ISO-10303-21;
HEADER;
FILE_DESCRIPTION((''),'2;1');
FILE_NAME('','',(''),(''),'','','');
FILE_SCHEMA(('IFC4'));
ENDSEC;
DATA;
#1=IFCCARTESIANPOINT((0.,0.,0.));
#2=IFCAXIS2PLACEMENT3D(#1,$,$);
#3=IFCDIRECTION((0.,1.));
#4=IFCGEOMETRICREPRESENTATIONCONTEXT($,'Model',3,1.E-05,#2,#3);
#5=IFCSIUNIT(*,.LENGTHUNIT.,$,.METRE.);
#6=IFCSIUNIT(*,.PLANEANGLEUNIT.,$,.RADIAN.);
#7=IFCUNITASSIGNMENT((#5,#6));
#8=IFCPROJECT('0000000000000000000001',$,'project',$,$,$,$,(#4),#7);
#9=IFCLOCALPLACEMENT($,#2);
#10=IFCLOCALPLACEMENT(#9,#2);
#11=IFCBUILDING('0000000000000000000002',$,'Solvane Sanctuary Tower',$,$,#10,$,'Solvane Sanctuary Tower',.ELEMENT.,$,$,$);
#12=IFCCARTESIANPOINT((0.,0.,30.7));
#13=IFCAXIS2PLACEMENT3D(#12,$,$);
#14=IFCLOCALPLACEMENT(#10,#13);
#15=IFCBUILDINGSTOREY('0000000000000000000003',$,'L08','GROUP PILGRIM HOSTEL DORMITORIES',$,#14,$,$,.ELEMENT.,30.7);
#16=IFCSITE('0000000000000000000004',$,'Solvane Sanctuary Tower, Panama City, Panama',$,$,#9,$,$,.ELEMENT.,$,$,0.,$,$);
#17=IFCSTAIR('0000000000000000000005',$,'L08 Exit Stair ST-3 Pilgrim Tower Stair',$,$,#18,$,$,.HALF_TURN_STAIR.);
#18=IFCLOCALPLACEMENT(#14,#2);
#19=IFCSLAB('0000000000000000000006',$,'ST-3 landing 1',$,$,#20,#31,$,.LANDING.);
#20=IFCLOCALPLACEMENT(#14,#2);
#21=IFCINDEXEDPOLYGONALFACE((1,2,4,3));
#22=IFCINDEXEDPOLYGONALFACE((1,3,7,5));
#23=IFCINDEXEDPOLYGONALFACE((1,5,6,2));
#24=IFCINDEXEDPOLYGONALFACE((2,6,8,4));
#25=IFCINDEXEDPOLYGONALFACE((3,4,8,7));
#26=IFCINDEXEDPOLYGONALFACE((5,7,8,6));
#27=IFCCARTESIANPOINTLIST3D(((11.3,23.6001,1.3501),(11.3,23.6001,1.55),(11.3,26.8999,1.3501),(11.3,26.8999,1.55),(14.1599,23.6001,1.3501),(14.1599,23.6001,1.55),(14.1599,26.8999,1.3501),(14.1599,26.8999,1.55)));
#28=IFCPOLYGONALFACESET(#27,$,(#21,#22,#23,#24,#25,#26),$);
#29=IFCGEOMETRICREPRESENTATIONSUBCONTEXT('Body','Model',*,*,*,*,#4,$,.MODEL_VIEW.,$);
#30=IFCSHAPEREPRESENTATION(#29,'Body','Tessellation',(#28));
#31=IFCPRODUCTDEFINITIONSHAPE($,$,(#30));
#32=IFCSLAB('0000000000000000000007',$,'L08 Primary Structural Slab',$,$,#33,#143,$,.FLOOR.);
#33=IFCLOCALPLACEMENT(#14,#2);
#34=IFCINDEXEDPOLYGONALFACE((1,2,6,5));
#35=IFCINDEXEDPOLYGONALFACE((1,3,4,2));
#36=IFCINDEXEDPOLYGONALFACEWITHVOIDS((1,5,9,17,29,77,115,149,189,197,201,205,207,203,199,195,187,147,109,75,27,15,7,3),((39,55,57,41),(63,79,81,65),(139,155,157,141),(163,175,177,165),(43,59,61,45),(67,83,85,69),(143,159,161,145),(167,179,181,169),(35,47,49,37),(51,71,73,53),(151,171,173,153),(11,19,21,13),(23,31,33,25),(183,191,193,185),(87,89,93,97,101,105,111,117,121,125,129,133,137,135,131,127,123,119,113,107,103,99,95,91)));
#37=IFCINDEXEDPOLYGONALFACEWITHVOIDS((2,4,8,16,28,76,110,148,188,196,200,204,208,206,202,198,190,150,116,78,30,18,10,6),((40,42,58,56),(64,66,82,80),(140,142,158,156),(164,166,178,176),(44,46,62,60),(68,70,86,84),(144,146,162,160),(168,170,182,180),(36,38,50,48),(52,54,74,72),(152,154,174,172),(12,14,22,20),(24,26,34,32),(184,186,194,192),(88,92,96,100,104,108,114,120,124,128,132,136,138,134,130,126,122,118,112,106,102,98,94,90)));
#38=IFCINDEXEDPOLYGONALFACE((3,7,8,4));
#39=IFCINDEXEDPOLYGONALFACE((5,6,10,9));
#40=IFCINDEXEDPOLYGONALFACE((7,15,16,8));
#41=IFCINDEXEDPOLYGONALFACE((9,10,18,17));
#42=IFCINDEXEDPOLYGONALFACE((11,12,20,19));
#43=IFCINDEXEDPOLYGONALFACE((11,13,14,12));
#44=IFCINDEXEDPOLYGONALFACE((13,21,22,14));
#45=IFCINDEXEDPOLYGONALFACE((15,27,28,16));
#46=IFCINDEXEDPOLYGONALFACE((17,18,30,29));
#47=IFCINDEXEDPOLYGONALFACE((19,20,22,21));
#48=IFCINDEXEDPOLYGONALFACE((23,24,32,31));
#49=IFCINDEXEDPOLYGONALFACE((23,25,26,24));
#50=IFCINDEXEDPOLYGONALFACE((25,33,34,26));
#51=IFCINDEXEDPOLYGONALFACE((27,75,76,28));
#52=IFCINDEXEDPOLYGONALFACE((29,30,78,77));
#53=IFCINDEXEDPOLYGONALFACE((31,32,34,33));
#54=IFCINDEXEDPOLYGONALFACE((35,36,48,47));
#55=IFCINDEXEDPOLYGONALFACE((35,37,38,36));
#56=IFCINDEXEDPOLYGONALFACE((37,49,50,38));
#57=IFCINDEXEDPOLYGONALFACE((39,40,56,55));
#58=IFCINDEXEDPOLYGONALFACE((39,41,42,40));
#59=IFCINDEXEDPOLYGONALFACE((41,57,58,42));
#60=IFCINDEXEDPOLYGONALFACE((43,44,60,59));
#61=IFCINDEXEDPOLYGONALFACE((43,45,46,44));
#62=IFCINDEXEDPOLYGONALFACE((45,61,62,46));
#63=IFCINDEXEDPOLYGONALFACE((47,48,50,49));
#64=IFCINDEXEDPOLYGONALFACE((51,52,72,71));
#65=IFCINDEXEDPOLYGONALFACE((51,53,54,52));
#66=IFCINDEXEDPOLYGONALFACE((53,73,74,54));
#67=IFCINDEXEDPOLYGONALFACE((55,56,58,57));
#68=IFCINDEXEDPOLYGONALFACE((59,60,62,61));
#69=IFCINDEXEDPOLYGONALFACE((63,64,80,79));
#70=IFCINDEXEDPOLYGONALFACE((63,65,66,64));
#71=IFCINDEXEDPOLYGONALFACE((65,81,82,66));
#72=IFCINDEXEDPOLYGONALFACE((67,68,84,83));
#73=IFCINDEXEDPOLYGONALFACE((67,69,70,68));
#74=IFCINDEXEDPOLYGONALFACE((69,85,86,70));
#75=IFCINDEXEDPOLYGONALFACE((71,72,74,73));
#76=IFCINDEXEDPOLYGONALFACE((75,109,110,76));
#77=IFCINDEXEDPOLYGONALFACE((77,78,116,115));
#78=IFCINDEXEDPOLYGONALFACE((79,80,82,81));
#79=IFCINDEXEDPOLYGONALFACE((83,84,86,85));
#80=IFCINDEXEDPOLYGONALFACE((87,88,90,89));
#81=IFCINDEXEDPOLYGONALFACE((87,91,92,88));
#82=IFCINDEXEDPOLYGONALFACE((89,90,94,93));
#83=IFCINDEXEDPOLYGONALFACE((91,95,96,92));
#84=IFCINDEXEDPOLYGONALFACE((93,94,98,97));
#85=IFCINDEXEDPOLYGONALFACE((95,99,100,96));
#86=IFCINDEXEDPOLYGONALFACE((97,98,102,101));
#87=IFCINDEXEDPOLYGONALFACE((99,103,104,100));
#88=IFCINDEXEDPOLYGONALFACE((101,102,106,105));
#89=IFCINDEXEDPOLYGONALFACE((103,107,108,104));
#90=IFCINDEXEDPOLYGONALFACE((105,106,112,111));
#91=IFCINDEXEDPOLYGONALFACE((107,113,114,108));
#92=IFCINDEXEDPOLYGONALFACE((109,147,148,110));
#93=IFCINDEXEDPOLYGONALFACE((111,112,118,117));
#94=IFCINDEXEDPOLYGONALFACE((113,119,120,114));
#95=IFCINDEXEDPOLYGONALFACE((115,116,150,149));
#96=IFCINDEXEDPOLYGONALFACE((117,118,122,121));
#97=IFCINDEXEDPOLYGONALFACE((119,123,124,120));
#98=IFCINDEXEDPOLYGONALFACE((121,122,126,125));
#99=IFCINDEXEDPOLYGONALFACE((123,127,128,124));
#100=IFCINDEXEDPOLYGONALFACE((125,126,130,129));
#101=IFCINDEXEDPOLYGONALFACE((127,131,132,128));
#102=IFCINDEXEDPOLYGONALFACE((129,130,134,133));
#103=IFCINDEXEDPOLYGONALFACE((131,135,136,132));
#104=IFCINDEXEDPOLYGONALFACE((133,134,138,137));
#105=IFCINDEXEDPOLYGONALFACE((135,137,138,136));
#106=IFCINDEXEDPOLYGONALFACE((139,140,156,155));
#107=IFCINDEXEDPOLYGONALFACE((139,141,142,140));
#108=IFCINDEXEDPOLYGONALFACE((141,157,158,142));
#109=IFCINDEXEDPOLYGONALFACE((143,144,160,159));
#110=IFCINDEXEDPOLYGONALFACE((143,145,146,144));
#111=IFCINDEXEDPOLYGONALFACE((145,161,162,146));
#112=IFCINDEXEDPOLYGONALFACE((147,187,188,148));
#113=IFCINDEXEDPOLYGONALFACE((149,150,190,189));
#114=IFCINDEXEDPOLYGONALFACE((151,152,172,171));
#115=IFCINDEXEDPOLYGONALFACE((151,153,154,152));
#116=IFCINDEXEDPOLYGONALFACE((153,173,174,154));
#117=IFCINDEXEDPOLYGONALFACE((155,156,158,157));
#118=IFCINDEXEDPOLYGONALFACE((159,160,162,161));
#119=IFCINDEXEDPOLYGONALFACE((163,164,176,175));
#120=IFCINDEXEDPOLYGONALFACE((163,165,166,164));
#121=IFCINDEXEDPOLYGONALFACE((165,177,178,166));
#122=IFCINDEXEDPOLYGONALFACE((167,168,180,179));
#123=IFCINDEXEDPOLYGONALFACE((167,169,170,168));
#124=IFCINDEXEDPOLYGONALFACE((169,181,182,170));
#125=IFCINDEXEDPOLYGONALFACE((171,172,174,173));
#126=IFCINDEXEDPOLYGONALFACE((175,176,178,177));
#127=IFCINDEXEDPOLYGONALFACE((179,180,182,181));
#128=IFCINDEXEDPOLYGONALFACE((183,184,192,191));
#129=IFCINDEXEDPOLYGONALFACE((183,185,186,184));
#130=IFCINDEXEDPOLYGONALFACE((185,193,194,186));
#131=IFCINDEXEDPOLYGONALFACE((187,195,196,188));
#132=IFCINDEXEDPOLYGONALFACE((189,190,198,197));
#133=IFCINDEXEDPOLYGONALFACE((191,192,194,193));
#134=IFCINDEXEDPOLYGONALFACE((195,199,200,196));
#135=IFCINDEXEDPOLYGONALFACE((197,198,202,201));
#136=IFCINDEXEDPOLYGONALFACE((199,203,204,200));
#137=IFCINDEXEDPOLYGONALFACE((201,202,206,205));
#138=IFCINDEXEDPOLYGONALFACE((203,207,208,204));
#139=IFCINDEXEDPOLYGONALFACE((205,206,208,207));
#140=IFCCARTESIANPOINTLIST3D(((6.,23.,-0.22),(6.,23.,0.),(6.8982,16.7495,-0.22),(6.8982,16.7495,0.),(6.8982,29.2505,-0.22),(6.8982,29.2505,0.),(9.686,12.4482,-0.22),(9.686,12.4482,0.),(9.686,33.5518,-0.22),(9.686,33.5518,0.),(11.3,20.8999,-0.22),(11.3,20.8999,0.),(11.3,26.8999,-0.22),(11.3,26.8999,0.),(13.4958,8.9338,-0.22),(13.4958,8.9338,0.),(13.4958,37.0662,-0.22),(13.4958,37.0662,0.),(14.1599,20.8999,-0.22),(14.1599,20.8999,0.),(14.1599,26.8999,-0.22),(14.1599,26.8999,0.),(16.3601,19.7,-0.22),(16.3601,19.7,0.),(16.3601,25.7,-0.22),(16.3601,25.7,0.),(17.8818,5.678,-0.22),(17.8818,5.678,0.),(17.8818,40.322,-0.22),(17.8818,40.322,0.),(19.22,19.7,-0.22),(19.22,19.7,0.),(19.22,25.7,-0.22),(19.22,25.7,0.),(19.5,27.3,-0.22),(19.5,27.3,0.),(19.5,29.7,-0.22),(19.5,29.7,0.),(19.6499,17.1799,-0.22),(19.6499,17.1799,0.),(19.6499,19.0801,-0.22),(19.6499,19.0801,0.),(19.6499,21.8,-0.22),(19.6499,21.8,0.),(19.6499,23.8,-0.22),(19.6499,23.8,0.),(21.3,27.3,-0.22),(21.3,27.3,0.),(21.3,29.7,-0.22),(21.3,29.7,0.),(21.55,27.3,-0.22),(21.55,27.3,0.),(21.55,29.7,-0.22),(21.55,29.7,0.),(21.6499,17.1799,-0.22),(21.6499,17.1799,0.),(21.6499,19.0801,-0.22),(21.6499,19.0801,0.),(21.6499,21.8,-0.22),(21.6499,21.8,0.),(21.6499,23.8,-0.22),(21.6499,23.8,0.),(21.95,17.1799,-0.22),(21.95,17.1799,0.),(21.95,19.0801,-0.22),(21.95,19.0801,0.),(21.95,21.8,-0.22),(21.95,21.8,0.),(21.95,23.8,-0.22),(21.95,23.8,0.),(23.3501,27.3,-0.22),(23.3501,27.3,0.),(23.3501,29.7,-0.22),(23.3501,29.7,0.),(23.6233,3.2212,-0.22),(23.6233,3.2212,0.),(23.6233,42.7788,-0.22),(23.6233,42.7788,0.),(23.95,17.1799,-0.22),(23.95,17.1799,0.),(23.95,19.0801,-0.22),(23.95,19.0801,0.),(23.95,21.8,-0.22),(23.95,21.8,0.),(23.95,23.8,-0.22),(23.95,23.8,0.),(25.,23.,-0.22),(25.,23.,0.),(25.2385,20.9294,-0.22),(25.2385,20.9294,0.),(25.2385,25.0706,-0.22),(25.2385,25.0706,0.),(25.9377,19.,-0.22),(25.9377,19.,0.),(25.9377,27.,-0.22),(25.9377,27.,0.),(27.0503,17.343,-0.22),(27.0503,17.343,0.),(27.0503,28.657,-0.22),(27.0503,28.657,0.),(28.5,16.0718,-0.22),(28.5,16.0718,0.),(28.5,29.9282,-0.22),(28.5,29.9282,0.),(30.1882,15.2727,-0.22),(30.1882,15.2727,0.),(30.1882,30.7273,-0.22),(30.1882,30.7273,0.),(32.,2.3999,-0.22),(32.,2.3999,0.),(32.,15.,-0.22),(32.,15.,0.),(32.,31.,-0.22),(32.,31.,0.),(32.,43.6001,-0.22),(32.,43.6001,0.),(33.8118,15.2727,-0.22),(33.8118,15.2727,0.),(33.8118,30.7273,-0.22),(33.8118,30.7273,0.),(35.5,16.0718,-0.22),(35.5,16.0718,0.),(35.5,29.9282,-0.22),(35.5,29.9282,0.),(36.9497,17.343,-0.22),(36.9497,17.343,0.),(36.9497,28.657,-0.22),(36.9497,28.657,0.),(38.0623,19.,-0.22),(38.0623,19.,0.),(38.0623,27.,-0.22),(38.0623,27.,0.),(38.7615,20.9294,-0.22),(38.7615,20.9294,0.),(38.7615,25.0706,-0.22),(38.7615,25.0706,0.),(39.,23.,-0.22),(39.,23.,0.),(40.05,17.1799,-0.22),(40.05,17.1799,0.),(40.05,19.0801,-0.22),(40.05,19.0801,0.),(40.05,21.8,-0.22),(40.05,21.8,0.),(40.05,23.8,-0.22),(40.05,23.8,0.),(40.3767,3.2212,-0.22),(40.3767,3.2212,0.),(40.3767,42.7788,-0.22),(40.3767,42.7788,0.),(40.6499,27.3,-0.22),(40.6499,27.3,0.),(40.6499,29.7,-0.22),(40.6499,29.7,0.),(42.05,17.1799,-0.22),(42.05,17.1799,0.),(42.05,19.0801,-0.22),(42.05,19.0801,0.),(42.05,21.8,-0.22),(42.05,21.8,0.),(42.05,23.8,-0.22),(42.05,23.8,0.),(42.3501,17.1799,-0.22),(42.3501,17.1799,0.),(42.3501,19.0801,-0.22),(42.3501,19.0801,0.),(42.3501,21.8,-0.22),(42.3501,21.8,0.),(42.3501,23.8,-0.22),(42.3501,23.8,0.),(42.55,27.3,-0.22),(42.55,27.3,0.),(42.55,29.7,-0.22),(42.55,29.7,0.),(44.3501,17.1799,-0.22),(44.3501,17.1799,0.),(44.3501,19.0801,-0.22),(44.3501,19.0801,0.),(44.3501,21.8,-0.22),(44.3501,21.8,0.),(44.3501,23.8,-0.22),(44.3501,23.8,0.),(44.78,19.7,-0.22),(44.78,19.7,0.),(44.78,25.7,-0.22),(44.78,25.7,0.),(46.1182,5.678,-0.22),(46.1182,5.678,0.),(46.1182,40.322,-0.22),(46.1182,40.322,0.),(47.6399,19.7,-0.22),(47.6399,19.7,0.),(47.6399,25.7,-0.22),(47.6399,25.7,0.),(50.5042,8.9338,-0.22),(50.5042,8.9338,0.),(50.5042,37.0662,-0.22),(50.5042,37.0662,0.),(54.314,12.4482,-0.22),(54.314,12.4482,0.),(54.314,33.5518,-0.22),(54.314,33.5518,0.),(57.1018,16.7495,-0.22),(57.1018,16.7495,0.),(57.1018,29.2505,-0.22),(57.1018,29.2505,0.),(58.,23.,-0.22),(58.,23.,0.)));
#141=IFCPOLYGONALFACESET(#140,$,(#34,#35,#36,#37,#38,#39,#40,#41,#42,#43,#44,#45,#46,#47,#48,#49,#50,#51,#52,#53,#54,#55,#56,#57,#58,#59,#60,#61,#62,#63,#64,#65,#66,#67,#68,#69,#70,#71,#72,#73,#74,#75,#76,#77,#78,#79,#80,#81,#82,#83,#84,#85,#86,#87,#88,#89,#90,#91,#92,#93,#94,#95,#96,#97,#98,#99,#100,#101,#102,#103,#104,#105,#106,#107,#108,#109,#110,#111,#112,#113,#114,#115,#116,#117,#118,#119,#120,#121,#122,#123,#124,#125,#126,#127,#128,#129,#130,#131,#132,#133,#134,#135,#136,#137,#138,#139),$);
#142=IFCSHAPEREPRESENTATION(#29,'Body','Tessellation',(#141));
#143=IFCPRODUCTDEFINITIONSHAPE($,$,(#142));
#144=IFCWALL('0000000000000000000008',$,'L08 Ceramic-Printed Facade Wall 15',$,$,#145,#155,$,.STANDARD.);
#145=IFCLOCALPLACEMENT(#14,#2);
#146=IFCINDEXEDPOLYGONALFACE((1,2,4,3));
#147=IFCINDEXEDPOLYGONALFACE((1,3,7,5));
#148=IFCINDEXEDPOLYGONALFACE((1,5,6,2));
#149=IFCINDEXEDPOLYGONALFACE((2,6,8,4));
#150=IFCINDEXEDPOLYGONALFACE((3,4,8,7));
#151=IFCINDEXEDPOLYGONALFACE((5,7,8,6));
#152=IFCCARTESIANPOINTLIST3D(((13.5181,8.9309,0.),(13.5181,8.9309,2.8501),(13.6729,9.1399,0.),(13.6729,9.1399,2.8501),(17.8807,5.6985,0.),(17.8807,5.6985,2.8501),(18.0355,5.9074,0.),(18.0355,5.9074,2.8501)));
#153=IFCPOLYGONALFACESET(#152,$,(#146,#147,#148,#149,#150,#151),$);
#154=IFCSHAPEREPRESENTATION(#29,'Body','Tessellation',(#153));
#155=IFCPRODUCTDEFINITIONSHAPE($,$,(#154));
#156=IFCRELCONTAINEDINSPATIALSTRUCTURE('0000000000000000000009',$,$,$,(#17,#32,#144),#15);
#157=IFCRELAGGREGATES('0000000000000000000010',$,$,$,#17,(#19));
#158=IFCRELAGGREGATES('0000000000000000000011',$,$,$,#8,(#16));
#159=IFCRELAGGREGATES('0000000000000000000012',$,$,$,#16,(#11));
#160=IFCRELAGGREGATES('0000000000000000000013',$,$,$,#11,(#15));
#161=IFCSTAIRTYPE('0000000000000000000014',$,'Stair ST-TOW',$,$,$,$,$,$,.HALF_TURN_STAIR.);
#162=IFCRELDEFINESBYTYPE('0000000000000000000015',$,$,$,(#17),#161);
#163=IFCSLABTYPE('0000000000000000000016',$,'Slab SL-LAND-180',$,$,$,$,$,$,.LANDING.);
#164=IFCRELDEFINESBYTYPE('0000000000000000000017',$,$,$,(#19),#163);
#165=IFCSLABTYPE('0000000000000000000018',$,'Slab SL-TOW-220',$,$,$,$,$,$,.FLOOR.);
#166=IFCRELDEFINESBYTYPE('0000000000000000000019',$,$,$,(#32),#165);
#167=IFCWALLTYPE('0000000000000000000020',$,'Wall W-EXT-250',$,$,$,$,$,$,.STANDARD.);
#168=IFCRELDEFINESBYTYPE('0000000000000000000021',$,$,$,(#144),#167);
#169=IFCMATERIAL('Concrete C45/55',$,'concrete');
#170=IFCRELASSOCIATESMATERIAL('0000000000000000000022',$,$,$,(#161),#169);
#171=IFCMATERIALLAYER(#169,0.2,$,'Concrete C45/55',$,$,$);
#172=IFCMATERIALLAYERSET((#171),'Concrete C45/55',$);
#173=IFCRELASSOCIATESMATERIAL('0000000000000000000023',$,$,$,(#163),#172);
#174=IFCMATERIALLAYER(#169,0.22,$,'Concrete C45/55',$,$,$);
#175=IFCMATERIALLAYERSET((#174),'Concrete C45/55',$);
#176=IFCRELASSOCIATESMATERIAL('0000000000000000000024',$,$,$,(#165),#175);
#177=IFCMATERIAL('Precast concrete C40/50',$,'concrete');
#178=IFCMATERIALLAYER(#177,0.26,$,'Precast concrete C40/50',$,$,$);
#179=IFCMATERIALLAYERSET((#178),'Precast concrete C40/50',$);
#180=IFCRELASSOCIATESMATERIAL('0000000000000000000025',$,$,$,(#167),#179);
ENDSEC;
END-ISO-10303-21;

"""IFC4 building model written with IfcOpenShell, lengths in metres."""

from ifc_helpers import new_model, si_unit, direction, frame, frame_2d, origin, place, context, subcontext, project, spatial, polyline, rectangle, outline, extrude, material, layer, layer_set, type_object, element, aggregate, save


model = new_model("IFC4")

# Units and contexts
model_context = context("Model", 3, precision=1e-05, world=origin(), true_north=direction((0.0, 1.0)))
body_context = subcontext(model_context, "Body", "Model", "MODEL_VIEW")
ifc_project = project(units=[si_unit("LENGTHUNIT", "METRE"), si_unit("PLANEANGLEUNIT", "RADIAN")], contexts=[model_context])

# Site, building, storey
site_placement = place(None, origin())
site = spatial("IfcSite", under=ifc_project, at=site_placement, Name="Solvane Sanctuary Tower, Panama City, Panama", CompositionType="ELEMENT", RefElevation=0.0)
building_placement = place(site_placement, origin())
building = spatial("IfcBuilding", under=site, at=building_placement, Name="Solvane Sanctuary Tower", LongName="Solvane Sanctuary Tower", CompositionType="ELEMENT")
storey_placement = place(building_placement, frame((0.0, 0.0, 30.7)))
storey = spatial("IfcBuildingStorey", under=building, at=storey_placement, Name="L08", Description="GROUP PILGRIM HOSTEL DORMITORIES", CompositionType="ELEMENT", Elevation=30.7)

# Shared definitions
ifc_material_1 = material(Name="Precast concrete C40/50", Category="concrete")

# Stair, slab
ifc_material_2 = material(Name="Concrete C45/55", Category="concrete")
stair_type = type_object("IfcStairType", Name="Stair ST-TOW", PredefinedType="HALF_TURN_STAIR", material=ifc_material_2)
ifc_layer_1 = layer(ifc_material_2, 0.2, Name="Concrete C45/55")
ifc_layer_set_1 = layer_set([ifc_layer_1], Name="Concrete C45/55")
slab_type_1 = type_object("IfcSlabType", Name="Slab SL-LAND-180", PredefinedType="LANDING", material=ifc_layer_set_1)
stair_1_placement = place(storey_placement, origin())
stair_1 = element("IfcStair", 1, at=stair_1_placement, inside=storey, type_object=stair_type, Name="L08 Exit Stair ST-3 Pilgrim Tower Stair", PredefinedType="HALF_TURN_STAIR")
slab_1_placement = place(storey_placement, frame((0.0, 0.0, 1.3501)))
slab_1 = element("IfcSlab", 2, at=slab_1_placement, type_object=slab_type_1, Name="ST-3 landing 1", PredefinedType="LANDING", context=body_context, shape_type="SweptSolid", body=[
    extrude(outline(polyline([(14.1599, 23.6001), (14.1599, 26.8999), (11.3, 26.8999), (11.3, 23.6001), (14.1599, 23.6001)])), origin(), (0.0, 0.0, 1.0), 0.2),
])
aggregate(stair_1, [slab_1])

# Slab
ifc_layer_2 = layer(ifc_material_2, 0.22, Name="Concrete C45/55")
ifc_layer_set_2 = layer_set([ifc_layer_2], Name="Concrete C45/55")
slab_type_2 = type_object("IfcSlabType", Name="Slab SL-TOW-220", PredefinedType="FLOOR", material=ifc_layer_set_2)
slab_2_placement = place(storey_placement, frame((0.0, 0.0, -0.22)))
element("IfcSlab", 3, at=slab_2_placement, inside=storey, type_object=slab_type_2, Name="L08 Primary Structural Slab", PredefinedType="FLOOR", context=body_context, shape_type="SweptSolid", body=[
    extrude(outline(polyline([(58.0, 23.0), (57.1018, 29.2505), (54.314, 33.5518), (50.5042, 37.0662), (46.1182, 40.322), (40.3767, 42.7788), (32.0, 43.6001), (23.6233, 42.7788), (17.8818, 40.322), (13.4958, 37.0662), (9.686, 33.5518), (6.8982, 29.2505), (6.0, 23.0), (6.8982, 16.7495), (9.686, 12.4482), (13.4958, 8.9338), (17.8818, 5.678), (23.6233, 3.2212), (32.0, 2.3999), (40.3767, 3.2212), (46.1182, 5.678), (50.5042, 8.9338), (54.314, 12.4482), (57.1018, 16.7495), (58.0, 23.0)]), holes=[polyline([(38.7615, 20.9294), (38.0623, 19.0), (36.9497, 17.343), (35.5, 16.0718), (33.8118, 15.2727), (32.0, 15.0), (30.1882, 15.2727), (28.5, 16.0718), (27.0503, 17.343), (25.9377, 19.0), (25.2385, 20.9294), (25.0, 23.0), (25.2385, 25.0706), (25.9377, 27.0), (27.0503, 28.657), (28.5, 29.9282), (30.1882, 30.7273), (32.0, 31.0), (33.8118, 30.7273), (35.5, 29.9282), (36.9497, 28.657), (38.0623, 27.0), (38.7615, 25.0706), (39.0, 23.0), (38.7615, 20.9294)]), polyline([(16.3601, 19.7), (16.3601, 25.7), (19.22, 25.7), (19.22, 19.7), (16.3601, 19.7)]), polyline([(44.78, 19.7), (44.78, 25.7), (47.6399, 25.7), (47.6399, 19.7), (44.78, 19.7)]), polyline([(11.3, 20.8999), (11.3, 26.8999), (14.1599, 26.8999), (14.1599, 20.8999), (11.3, 20.8999)]), polyline([(19.6499, 19.0801), (21.6499, 19.0801), (21.6499, 17.1799), (19.6499, 17.1799), (19.6499, 19.0801)]), polyline([(21.95, 19.0801), (23.95, 19.0801), (23.95, 17.1799), (21.95, 17.1799), (21.95, 19.0801)]), polyline([(40.05, 19.0801), (42.05, 19.0801), (42.05, 17.1799), (40.05, 17.1799), (40.05, 19.0801)]), polyline([(42.3501, 19.0801), (44.3501, 19.0801), (44.3501, 17.1799), (42.3501, 17.1799), (42.3501, 19.0801)]), polyline([(19.6499, 23.8), (21.6499, 23.8), (21.6499, 21.8), (19.6499, 21.8), (19.6499, 23.8)]), polyline([(42.3501, 23.8), (44.3501, 23.8), (44.3501, 21.8), (42.3501, 21.8), (42.3501, 23.8)]), polyline([(21.95, 23.8), (23.95, 23.8), (23.95, 21.8), (21.95, 21.8), (21.95, 23.8)]), polyline([(40.05, 23.8), (42.05, 23.8), (42.05, 21.8), (40.05, 21.8), (40.05, 23.8)]), polyline([(19.5, 29.7), (21.3, 29.7), (21.3, 27.3), (19.5, 27.3), (19.5, 29.7)]), polyline([(21.55, 29.7), (23.3501, 29.7), (23.3501, 27.3), (21.55, 27.3), (21.55, 29.7)]), polyline([(40.6499, 29.7), (42.55, 29.7), (42.55, 27.3), (40.6499, 27.3), (40.6499, 29.7)])]), origin(), (0.0, 0.0, 1.0), 0.22),
])

# Wall
ifc_layer_3 = layer(ifc_material_1, 0.26, Name="Precast concrete C40/50")
ifc_layer_set_3 = layer_set([ifc_layer_3], Name="Precast concrete C40/50")
wall_type = type_object("IfcWallType", Name="Wall W-EXT-250", PredefinedType="STANDARD", material=ifc_layer_set_3)
wall_1_placement = place(storey_placement, frame((13.5955, 9.0354, 0.0), z_axis=(0.0, 0.0, 1.0), x_axis=(0.803478, -0.595335, 0.0)))
element("IfcWall", 4, at=wall_1_placement, inside=storey, type_object=wall_type, Name="L08 Ceramic-Printed Facade Wall 15", PredefinedType="STANDARD", context=body_context, shape_type="SweptSolid", body=[
    extrude(rectangle(XDim=5.4297, YDim=0.26, at=frame_2d((2.7148, 0.0))), origin(), (0.0, 0.0, 1.0), 2.8501),
])

save(model, "model.ifc")
